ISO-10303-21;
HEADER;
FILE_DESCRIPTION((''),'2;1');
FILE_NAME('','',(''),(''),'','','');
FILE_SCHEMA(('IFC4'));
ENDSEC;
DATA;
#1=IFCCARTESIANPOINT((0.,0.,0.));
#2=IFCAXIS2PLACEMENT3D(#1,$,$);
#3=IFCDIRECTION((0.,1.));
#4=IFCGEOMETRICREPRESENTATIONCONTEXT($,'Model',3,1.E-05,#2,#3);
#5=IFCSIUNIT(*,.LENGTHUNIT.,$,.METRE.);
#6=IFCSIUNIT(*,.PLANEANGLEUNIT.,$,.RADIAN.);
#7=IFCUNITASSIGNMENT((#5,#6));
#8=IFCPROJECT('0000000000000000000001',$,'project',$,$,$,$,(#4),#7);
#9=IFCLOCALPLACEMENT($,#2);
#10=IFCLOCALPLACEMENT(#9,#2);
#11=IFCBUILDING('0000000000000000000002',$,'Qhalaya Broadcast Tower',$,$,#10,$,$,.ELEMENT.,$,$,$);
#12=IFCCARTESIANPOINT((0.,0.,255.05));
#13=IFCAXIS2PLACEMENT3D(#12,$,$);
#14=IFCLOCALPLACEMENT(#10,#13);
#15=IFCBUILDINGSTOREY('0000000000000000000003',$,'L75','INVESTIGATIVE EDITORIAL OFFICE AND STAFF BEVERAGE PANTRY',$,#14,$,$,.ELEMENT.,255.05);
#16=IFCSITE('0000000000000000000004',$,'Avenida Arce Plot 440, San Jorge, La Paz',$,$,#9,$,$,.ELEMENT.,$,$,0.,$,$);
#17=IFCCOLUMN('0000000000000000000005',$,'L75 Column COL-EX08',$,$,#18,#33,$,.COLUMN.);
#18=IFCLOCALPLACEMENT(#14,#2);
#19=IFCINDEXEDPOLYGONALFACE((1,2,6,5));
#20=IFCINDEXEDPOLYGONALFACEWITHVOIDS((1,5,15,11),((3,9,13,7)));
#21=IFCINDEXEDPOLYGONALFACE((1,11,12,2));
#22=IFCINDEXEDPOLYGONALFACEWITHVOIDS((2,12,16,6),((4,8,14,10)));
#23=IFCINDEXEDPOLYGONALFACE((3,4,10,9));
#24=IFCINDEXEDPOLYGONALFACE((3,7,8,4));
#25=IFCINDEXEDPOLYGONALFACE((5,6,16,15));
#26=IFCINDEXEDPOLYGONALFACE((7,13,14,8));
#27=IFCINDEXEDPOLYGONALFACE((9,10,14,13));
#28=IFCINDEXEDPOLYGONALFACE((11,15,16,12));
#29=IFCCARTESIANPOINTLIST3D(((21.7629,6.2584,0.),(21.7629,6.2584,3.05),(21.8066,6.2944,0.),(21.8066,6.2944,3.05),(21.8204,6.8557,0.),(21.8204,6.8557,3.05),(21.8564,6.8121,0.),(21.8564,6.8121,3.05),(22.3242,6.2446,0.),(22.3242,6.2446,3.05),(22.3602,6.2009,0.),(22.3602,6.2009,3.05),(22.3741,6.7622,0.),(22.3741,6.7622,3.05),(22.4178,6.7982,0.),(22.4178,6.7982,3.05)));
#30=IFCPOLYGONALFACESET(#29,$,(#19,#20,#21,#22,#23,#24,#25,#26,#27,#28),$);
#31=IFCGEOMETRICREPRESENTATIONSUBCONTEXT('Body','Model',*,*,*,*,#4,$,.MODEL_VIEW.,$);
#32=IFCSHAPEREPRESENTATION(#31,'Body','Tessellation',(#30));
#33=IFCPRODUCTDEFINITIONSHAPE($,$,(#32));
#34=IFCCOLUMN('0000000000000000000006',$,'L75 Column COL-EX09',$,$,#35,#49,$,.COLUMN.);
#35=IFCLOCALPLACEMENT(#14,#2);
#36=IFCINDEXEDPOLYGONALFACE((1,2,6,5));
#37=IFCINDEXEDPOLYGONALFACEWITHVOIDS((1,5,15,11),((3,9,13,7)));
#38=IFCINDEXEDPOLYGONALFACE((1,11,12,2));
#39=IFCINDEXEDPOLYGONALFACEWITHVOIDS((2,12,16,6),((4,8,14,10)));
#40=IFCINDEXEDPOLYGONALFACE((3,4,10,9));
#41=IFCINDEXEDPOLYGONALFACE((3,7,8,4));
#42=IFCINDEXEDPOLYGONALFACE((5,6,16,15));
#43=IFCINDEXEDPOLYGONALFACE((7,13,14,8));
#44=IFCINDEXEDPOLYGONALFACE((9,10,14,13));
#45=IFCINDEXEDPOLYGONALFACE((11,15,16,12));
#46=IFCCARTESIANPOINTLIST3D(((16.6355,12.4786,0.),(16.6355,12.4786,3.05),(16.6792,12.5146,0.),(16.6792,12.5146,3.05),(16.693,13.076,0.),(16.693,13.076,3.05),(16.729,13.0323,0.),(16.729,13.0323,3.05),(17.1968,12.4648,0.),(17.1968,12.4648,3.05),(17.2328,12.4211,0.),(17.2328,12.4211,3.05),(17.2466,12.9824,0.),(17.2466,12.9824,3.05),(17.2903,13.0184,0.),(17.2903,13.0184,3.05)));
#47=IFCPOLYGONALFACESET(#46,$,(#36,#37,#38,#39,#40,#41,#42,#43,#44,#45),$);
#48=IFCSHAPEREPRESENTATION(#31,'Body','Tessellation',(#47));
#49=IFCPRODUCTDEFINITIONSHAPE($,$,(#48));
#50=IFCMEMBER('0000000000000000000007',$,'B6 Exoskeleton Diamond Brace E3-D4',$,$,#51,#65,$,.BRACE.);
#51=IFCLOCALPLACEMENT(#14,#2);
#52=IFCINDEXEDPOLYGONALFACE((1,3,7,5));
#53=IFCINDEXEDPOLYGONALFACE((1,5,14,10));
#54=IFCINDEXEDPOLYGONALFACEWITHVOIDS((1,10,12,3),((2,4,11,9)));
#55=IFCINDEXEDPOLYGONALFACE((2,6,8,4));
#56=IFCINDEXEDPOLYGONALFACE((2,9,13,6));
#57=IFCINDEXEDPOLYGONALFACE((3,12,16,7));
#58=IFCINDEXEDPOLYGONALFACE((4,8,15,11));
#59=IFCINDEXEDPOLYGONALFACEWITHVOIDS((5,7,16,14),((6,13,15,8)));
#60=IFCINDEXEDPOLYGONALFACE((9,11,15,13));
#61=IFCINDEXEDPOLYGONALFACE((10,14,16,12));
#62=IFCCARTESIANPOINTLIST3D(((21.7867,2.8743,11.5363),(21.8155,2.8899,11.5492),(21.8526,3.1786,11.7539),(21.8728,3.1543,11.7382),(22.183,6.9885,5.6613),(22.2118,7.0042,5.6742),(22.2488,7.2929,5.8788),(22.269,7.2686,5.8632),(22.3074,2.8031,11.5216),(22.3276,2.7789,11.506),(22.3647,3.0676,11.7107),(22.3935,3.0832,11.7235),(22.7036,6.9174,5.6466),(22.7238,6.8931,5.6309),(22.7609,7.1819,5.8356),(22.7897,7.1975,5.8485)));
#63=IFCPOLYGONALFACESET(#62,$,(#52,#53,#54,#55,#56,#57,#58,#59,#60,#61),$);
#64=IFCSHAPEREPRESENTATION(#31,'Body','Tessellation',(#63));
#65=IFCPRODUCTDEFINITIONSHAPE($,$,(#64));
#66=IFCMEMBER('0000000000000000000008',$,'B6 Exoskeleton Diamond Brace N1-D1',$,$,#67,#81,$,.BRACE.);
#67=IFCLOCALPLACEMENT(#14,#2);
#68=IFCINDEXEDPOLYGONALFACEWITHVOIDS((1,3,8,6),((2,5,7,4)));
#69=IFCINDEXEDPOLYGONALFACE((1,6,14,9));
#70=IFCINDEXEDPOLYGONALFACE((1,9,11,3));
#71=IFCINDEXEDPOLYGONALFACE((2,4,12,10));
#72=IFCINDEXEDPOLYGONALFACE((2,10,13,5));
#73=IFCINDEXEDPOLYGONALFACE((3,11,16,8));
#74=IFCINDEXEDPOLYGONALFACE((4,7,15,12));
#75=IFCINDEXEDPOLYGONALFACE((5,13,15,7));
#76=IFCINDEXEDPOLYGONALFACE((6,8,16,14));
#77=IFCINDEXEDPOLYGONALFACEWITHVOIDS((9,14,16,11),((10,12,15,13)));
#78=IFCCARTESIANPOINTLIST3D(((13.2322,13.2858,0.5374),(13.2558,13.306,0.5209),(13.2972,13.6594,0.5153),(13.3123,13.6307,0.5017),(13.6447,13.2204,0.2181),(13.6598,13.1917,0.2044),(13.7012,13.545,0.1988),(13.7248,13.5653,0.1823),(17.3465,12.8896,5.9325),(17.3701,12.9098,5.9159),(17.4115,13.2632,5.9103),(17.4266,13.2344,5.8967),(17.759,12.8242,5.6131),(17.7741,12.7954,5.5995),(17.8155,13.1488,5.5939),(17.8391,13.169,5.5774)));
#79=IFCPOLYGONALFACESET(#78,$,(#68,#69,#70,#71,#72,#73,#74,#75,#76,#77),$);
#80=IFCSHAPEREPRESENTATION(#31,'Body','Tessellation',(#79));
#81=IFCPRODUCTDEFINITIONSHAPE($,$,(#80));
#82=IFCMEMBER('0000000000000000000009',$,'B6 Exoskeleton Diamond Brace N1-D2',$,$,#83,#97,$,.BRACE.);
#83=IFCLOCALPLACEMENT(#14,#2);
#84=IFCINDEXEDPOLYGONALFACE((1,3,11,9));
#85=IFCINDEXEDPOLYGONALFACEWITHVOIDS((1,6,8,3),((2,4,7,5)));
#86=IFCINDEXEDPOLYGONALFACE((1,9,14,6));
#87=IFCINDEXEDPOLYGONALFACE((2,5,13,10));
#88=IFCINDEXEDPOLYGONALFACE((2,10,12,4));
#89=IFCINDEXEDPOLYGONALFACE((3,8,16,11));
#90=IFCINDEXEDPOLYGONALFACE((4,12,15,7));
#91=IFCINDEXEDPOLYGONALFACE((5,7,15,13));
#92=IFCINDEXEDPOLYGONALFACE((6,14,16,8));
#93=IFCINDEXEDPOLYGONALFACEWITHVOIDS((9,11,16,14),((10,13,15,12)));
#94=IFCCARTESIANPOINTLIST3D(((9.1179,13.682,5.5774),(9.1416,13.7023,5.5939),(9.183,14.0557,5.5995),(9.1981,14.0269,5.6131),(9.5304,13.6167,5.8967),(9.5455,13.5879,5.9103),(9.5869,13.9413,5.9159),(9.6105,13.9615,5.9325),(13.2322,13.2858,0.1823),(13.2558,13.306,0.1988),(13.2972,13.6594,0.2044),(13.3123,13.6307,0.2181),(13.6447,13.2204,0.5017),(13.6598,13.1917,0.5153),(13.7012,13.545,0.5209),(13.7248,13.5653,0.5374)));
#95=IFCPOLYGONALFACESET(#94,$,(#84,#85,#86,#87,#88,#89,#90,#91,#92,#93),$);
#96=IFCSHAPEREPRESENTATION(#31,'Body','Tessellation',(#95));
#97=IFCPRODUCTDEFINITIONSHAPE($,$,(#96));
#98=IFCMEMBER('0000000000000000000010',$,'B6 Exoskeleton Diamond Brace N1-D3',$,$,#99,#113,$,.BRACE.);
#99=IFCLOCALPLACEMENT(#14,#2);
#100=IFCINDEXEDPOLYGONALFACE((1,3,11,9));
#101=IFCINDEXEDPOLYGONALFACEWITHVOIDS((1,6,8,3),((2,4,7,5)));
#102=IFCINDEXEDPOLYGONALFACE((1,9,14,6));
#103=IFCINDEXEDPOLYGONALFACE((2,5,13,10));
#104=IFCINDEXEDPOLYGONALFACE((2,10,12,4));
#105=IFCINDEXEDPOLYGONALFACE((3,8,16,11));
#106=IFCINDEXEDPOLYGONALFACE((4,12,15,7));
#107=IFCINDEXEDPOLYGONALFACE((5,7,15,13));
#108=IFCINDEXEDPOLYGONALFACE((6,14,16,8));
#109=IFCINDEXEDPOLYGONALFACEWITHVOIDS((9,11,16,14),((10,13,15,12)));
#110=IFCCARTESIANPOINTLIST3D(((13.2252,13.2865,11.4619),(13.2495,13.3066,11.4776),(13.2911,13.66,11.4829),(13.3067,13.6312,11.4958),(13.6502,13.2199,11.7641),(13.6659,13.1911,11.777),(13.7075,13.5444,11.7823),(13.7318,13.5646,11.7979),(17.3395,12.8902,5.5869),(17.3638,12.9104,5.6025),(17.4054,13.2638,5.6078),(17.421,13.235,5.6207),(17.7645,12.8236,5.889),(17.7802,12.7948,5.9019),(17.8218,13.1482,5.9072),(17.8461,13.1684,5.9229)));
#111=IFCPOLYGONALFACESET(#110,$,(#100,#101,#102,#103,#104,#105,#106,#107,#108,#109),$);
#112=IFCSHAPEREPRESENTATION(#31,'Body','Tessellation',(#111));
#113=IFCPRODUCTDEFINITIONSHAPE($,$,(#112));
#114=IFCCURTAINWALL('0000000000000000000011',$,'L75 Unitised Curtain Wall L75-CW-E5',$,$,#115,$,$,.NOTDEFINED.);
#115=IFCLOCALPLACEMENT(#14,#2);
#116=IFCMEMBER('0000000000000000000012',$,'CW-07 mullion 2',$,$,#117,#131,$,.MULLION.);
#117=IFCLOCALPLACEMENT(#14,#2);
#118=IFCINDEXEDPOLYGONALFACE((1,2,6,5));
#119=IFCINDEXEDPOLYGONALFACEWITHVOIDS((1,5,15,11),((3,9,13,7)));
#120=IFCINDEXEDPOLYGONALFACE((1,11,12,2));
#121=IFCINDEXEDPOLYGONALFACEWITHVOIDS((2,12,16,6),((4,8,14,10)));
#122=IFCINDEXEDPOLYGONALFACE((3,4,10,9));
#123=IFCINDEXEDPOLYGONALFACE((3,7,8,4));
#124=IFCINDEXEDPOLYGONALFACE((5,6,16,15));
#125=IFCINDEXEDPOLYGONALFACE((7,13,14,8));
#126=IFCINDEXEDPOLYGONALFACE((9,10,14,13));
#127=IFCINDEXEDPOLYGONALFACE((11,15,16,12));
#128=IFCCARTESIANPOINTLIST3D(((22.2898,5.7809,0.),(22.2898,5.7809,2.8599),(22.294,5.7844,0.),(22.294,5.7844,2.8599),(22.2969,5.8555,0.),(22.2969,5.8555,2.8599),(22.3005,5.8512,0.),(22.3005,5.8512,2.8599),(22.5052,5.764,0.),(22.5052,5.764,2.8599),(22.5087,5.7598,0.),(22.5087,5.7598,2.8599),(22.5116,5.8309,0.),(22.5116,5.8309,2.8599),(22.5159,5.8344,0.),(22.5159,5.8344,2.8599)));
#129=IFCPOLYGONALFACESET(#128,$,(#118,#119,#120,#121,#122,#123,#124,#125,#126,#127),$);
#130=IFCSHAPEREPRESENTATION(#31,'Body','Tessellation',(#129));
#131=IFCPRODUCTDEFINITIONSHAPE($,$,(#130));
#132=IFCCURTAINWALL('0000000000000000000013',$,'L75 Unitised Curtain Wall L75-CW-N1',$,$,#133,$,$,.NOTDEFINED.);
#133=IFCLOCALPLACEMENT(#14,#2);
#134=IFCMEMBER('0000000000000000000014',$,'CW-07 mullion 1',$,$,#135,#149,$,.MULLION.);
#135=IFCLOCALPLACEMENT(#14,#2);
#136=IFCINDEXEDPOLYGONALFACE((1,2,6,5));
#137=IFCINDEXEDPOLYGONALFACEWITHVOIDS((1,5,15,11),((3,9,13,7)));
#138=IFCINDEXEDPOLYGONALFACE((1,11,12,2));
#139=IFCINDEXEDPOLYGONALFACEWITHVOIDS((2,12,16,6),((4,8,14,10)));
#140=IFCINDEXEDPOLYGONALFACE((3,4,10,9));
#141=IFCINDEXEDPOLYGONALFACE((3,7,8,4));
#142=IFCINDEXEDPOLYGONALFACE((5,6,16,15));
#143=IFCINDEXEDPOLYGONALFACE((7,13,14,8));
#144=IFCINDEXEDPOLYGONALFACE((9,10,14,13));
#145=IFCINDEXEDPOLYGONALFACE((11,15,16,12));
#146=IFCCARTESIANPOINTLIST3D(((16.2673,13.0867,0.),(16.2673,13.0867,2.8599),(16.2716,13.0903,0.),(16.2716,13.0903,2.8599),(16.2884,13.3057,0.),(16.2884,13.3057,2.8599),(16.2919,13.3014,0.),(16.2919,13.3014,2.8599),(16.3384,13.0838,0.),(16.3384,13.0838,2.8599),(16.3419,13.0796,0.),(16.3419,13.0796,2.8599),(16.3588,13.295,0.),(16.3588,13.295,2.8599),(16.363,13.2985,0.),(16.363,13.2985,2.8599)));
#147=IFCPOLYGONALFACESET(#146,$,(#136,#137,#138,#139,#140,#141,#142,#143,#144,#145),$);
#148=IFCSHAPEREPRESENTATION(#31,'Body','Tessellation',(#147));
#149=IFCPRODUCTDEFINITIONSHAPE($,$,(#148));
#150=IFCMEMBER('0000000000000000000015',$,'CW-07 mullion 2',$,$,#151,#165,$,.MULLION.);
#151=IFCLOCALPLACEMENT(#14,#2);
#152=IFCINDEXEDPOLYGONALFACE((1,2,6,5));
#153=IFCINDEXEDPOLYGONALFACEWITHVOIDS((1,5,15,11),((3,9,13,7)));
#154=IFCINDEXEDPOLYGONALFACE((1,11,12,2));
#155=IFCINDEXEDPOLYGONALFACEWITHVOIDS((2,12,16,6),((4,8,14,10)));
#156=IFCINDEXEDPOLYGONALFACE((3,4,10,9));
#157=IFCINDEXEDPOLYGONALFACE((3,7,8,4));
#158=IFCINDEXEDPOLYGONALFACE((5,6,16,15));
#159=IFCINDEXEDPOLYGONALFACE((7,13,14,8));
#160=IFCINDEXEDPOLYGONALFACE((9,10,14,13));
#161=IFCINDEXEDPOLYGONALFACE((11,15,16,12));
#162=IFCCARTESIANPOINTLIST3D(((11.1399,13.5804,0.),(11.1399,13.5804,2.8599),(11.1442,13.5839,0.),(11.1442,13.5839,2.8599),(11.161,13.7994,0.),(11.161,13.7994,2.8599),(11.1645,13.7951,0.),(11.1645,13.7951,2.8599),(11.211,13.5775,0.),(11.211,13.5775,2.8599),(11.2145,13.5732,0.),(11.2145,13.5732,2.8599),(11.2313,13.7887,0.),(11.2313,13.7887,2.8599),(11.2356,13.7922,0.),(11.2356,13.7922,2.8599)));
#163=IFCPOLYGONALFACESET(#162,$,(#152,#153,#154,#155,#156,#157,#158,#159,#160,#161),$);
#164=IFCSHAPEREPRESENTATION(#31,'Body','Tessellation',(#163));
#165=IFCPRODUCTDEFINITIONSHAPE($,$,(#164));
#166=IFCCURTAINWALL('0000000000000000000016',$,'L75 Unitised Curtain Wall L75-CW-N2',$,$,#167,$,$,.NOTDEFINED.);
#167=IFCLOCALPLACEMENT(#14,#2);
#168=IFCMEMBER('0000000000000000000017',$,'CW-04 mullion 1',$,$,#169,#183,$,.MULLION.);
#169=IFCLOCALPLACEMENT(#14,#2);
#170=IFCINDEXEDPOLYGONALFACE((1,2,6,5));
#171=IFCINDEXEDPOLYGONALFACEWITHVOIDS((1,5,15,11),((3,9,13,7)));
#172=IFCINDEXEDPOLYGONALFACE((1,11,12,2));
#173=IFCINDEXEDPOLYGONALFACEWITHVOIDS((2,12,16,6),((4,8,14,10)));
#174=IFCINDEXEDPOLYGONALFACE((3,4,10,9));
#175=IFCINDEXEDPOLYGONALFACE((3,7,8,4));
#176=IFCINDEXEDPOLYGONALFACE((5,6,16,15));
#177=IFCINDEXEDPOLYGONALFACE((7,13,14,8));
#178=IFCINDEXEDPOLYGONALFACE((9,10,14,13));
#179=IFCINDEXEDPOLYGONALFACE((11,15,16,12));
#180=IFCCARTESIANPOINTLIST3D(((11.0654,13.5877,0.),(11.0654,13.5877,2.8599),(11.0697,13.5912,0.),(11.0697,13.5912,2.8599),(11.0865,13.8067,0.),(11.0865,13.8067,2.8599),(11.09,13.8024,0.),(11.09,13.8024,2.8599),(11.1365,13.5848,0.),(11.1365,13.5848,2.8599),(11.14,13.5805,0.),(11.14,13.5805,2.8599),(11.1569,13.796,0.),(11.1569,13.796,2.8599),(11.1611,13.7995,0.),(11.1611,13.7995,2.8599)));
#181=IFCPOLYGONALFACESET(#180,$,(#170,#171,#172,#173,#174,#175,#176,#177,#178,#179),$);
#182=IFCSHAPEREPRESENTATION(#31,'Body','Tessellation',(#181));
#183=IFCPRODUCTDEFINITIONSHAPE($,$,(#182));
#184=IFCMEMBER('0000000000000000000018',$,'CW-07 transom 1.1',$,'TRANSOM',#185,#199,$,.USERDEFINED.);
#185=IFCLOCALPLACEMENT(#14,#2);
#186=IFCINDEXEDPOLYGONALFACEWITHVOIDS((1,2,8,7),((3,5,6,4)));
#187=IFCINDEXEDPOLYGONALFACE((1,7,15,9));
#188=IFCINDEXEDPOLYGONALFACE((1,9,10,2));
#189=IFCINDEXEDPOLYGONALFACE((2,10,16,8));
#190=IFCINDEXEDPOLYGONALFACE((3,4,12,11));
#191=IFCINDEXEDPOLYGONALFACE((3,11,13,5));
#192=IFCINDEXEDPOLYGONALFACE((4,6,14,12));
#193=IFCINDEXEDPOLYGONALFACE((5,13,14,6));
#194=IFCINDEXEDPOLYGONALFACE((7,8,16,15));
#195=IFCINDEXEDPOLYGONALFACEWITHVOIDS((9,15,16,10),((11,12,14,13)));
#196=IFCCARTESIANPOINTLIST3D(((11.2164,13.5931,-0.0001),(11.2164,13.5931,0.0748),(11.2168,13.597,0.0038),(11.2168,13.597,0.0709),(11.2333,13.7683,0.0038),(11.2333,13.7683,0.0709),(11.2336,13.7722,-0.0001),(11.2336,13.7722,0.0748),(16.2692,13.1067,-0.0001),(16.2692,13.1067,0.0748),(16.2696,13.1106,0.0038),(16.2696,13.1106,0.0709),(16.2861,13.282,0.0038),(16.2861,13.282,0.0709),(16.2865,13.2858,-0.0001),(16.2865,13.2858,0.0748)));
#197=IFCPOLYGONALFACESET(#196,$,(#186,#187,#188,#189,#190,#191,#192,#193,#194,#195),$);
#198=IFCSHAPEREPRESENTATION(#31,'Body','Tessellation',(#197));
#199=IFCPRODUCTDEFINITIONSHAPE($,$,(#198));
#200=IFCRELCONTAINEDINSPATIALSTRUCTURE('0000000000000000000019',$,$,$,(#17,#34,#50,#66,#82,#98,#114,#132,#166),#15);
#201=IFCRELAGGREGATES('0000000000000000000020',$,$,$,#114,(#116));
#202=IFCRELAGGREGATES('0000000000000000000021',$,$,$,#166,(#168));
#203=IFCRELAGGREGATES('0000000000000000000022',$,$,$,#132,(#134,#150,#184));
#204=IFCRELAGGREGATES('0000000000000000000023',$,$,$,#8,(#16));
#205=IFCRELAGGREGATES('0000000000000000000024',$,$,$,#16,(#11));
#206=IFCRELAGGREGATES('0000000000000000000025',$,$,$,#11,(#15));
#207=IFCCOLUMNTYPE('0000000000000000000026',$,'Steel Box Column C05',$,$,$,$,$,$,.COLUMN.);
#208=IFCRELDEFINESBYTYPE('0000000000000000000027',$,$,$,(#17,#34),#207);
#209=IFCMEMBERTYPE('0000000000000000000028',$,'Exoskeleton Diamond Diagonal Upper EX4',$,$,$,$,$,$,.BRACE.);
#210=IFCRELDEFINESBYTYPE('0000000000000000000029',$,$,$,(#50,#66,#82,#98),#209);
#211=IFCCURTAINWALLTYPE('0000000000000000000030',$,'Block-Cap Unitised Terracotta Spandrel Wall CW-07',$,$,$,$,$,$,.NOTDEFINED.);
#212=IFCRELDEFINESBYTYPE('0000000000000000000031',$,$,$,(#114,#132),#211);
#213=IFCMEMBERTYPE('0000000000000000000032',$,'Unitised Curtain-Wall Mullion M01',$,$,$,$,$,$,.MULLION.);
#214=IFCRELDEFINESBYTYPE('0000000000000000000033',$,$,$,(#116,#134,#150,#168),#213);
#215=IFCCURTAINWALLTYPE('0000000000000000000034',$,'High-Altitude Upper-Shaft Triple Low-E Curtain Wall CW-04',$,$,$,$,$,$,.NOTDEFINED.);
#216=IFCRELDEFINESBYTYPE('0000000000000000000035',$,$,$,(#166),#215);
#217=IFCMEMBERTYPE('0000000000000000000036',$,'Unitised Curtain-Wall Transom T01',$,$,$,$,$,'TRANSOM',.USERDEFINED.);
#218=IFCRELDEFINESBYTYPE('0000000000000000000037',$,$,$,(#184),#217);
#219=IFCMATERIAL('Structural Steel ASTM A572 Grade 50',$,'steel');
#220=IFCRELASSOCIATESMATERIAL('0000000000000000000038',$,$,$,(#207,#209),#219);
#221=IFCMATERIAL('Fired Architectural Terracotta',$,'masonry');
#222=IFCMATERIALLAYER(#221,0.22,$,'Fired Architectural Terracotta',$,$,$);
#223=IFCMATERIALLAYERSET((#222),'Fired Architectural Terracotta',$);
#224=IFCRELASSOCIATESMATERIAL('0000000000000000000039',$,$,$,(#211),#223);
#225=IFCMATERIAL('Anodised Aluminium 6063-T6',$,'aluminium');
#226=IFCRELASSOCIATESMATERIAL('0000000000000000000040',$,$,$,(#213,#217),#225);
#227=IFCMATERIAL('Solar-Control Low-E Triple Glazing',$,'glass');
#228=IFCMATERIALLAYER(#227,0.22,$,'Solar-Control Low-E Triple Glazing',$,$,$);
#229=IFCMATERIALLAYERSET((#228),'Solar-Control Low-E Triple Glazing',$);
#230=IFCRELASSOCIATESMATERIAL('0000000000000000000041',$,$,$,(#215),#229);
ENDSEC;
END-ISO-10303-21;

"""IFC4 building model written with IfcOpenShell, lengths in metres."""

from ifc_helpers import new_model, si_unit, direction, frame, origin, origin_2d, place, context, subcontext, project, spatial, hollow_rectangle, extrude, material, layer, layer_set, material_profile, profile_set, type_object, element, aggregate, save


model = new_model("IFC4")

# Units and contexts
model_context = context("Model", 3, precision=1e-05, world=origin(), true_north=direction((0.0, 1.0)))
body_context = subcontext(model_context, "Body", "Model", "MODEL_VIEW")
ifc_project = project(units=[si_unit("LENGTHUNIT", "METRE"), si_unit("PLANEANGLEUNIT", "RADIAN")], contexts=[model_context])

# Site, building, storey
site_placement = place(None, origin())
site = spatial("IfcSite", under=ifc_project, at=site_placement, Name="Avenida Arce Plot 440, San Jorge, La Paz", CompositionType="ELEMENT", RefElevation=0.0)
building_placement = place(site_placement, origin())
building = spatial("IfcBuilding", under=site, at=building_placement, Name="Qhalaya Broadcast Tower", CompositionType="ELEMENT")
storey_placement = place(building_placement, frame((0.0, 0.0, 255.05)))
storey = spatial("IfcBuildingStorey", under=building, at=storey_placement, Name="L75", Description="INVESTIGATIVE EDITORIAL OFFICE AND STAFF BEVERAGE PANTRY", CompositionType="ELEMENT", Elevation=255.05)

# Columns
ifc_material_1 = material(Name="Structural Steel ASTM A572 Grade 50", Category="steel")
ifc_material_profile_1 = material_profile(ifc_material_1, hollow_rectangle(XDim=0.6001, YDim=0.6001, WallThickness=0.04, at=origin_2d()), Name="BOX 600x600x40")
ifc_profile_set_1 = profile_set([ifc_material_profile_1], Name="Structural Steel ASTM A572 Grade 50")
column_type = type_object("IfcColumnType", Name="Steel Box Column C05", PredefinedType="COLUMN", material=ifc_profile_set_1)
for number, where, z_axis, x_axis, name in (
    (1, (22.0903, 6.5283, 0.0), (0.0, 0.0, 1.0), (0.095846, 0.995396, 0.0), "L75 Column COL-EX08"),
    (2, (16.9629, 12.7485, 0.0), (0.0, 0.0, 1.0), (0.995396, -0.095846, 0.0), "L75 Column COL-EX09"),
):
    element("IfcColumn", number, at=place(storey_placement, frame(where, z_axis=z_axis, x_axis=x_axis)), inside=storey, type_object=column_type, Name=name, PredefinedType="COLUMN", context=body_context, shape_type="SweptSolid", body=[
        extrude(hollow_rectangle(XDim=0.6001, YDim=0.6001, WallThickness=0.04, at=origin_2d()), origin(), (0.0, 0.0, 1.0), 3.05),
    ])

# Members
ifc_material_profile_2 = material_profile(ifc_material_1, hollow_rectangle(XDim=0.3799, YDim=0.55, WallThickness=0.0249, at=origin_2d()), Name="BOX 380x550x25")
ifc_profile_set_2 = profile_set([ifc_material_profile_2], Name="Structural Steel ASTM A572 Grade 50")
member_type_1 = type_object("IfcMemberType", Name="Exoskeleton Diamond Diagonal Upper EX4", PredefinedType="BRACE", material=ifc_profile_set_2)
member_1_placement = place(storey_placement, frame((22.4863, 7.093, 5.7549), z_axis=(-0.055161, -0.572753, 0.81787), x_axis=(0.173449, 0.801166, 0.572755)))
element("IfcMember", 3, at=member_1_placement, inside=storey, type_object=member_type_1, Name="B6 Exoskeleton Diamond Brace E3-D4", PredefinedType="BRACE", context=body_context, shape_type="SweptSolid", body=[
    extrude(hollow_rectangle(XDim=0.3799, YDim=0.55, WallThickness=0.0249, at=origin_2d()), origin(), (0.0, 0.0, 1.0), 7.1833),
])
for number, where, z_axis, x_axis, name in (
    (4, (13.4785, 13.4255, 0.3599), (0.605363, -0.058302, 0.793811), (0.171157, 0.983518, -0.05829), "B6 Exoskeleton Diamond Brace N1-D1"),
    (5, (13.4785, 13.4255, 0.3599), (-0.605363, 0.058302, 0.793811), (-0.171157, -0.983518, -0.05829), "B6 Exoskeleton Diamond Brace N1-D2"),
):
    element("IfcMember", number, at=place(storey_placement, frame(where, z_axis=z_axis, x_axis=x_axis)), inside=storey, type_object=member_type_1, Name=name, PredefinedType="BRACE", context=body_context, shape_type="SweptSolid", body=[
        extrude(hollow_rectangle(XDim=0.3799, YDim=0.55, WallThickness=0.0249, at=origin_2d()), origin(), (0.0, 0.0, 1.0), 6.7964),
    ])
member_2_placement = place(storey_placement, frame((17.5928, 13.0293, 5.7549), z_axis=(-0.572753, 0.055161, 0.81787), x_axis=(-0.173452, -0.983297, -0.05515)))
element("IfcMember", 6, at=member_2_placement, inside=storey, type_object=member_type_1, Name="B6 Exoskeleton Diamond Brace N1-D3", PredefinedType="BRACE", context=body_context, shape_type="SweptSolid", body=[
    extrude(hollow_rectangle(XDim=0.3799, YDim=0.55, WallThickness=0.0249, at=origin_2d()), origin(), (0.0, 0.0, 1.0), 7.1833),
])

# Curtain wall, member
ifc_material_2 = material(Name="Fired Architectural Terracotta", Category="masonry")
ifc_layer_1 = layer(ifc_material_2, 0.22, Name="Fired Architectural Terracotta")
ifc_layer_set_1 = layer_set([ifc_layer_1], Name="Fired Architectural Terracotta")
curtain_wall_type_1 = type_object("IfcCurtainWallType", Name="Block-Cap Unitised Terracotta Spandrel Wall CW-07", PredefinedType="NOTDEFINED", material=ifc_layer_set_1)
curtain_wall_1_placement = place(storey_placement, origin())
curtain_wall_1 = element("IfcCurtainWall", 7, at=curtain_wall_1_placement, inside=storey, type_object=curtain_wall_type_1, Name="L75 Unitised Curtain Wall L75-CW-E5", PredefinedType="NOTDEFINED")
ifc_material_3 = material(Name="Anodised Aluminium 6063-T6", Category="aluminium")
ifc_material_profile_3 = material_profile(ifc_material_3, hollow_rectangle(XDim=0.075, YDim=0.22, WallThickness=0.0039, at=origin_2d()), Name="ALU-MUL 75x220x4")
ifc_profile_set_3 = profile_set([ifc_material_profile_3], Name="Anodised Aluminium 6063-T6")
member_type_2 = type_object("IfcMemberType", Name="Unitised Curtain-Wall Mullion M01", PredefinedType="MULLION", material=ifc_profile_set_3)
member_3_placement = place(storey_placement, frame((22.4028, 5.8076, 0.0), z_axis=(0.0, 0.0, 1.0), x_axis=(0.095848, 0.995396, 0.0)))
member_3 = element("IfcMember", 8, at=member_3_placement, type_object=member_type_2, Name="CW-07 mullion 2", PredefinedType="MULLION", context=body_context, shape_type="SweptSolid", body=[
    extrude(hollow_rectangle(XDim=0.075, YDim=0.22, WallThickness=0.0039, at=origin_2d()), origin(), (0.0, 0.0, 1.0), 2.8599),
])
aggregate(curtain_wall_1, [member_3])

# Curtain wall, members
curtain_wall_2_placement = place(storey_placement, origin())
curtain_wall_2 = element("IfcCurtainWall", 9, at=curtain_wall_2_placement, inside=storey, type_object=curtain_wall_type_1, Name="L75 Unitised Curtain Wall L75-CW-N1", PredefinedType="NOTDEFINED")
member_4_placement = place(storey_placement, frame((16.3152, 13.1926, 0.0), z_axis=(0.0, 0.0, 1.0), x_axis=(-0.995396, 0.095848, 0.0)))
member_4 = element("IfcMember", 10, at=member_4_placement, type_object=member_type_2, Name="CW-07 mullion 1", PredefinedType="MULLION", context=body_context, shape_type="SweptSolid", body=[
    extrude(hollow_rectangle(XDim=0.075, YDim=0.22, WallThickness=0.0039, at=origin_2d()), origin(), (0.0, 0.0, 1.0), 2.8599),
])
member_5_placement = place(storey_placement, frame((11.1877, 13.6863, 0.0), z_axis=(0.0, 0.0, 1.0), x_axis=(-0.995396, 0.095848, 0.0)))
member_5 = element("IfcMember", 11, at=member_5_placement, type_object=member_type_2, Name="CW-07 mullion 2", PredefinedType="MULLION", context=body_context, shape_type="SweptSolid", body=[
    extrude(hollow_rectangle(XDim=0.075, YDim=0.22, WallThickness=0.0039, at=origin_2d()), origin(), (0.0, 0.0, 1.0), 2.8599),
])

# Curtain wall, member
ifc_material_4 = material(Name="Solar-Control Low-E Triple Glazing", Category="glass")
ifc_layer_2 = layer(ifc_material_4, 0.22, Name="Solar-Control Low-E Triple Glazing")
ifc_layer_set_2 = layer_set([ifc_layer_2], Name="Solar-Control Low-E Triple Glazing")
curtain_wall_type_2 = type_object("IfcCurtainWallType", Name="High-Altitude Upper-Shaft Triple Low-E Curtain Wall CW-04", PredefinedType="NOTDEFINED", material=ifc_layer_set_2)
curtain_wall_3_placement = place(storey_placement, origin())
curtain_wall_3 = element("IfcCurtainWall", 12, at=curtain_wall_3_placement, inside=storey, type_object=curtain_wall_type_2, Name="L75 Unitised Curtain Wall L75-CW-N2", PredefinedType="NOTDEFINED")
member_6_placement = place(storey_placement, frame((11.1133, 13.6936, 0.0), z_axis=(0.0, 0.0, 1.0), x_axis=(-0.995397, 0.095837, 0.0)))
member_6 = element("IfcMember", 13, at=member_6_placement, type_object=member_type_2, Name="CW-04 mullion 1", PredefinedType="MULLION", context=body_context, shape_type="SweptSolid", body=[
    extrude(hollow_rectangle(XDim=0.075, YDim=0.22, WallThickness=0.0039, at=origin_2d()), origin(), (0.0, 0.0, 1.0), 2.8599),
])

# Member
ifc_material_profile_4 = material_profile(ifc_material_3, hollow_rectangle(XDim=0.075, YDim=0.1799, WallThickness=0.0039, at=origin_2d()), Name="ALU-TRN 75x180x4")
ifc_profile_set_4 = profile_set([ifc_material_profile_4], Name="Anodised Aluminium 6063-T6")
member_type_3 = type_object("IfcMemberType", Name="Unitised Curtain-Wall Transom T01", ElementType="TRANSOM", PredefinedType="USERDEFINED", material=ifc_profile_set_4)
member_7_placement = place(storey_placement, frame((16.2778, 13.1963, 0.0374), z_axis=(-0.9954, 0.095808, 0.0), x_axis=(0.0, 0.0, 1.0)))
member_7 = element("IfcMember", 14, at=member_7_placement, type_object=member_type_3, Name="CW-07 transom 1.1", ObjectType="TRANSOM", PredefinedType="USERDEFINED", context=body_context, shape_type="SweptSolid", body=[
    extrude(hollow_rectangle(XDim=0.075, YDim=0.1799, WallThickness=0.0039, at=origin_2d()), origin(), (0.0, 0.0, 1.0), 5.0762),
])
aggregate(curtain_wall_3, [member_6])

aggregate(curtain_wall_2, [member_4, member_5, member_7])

save(model, "model.ifc")
